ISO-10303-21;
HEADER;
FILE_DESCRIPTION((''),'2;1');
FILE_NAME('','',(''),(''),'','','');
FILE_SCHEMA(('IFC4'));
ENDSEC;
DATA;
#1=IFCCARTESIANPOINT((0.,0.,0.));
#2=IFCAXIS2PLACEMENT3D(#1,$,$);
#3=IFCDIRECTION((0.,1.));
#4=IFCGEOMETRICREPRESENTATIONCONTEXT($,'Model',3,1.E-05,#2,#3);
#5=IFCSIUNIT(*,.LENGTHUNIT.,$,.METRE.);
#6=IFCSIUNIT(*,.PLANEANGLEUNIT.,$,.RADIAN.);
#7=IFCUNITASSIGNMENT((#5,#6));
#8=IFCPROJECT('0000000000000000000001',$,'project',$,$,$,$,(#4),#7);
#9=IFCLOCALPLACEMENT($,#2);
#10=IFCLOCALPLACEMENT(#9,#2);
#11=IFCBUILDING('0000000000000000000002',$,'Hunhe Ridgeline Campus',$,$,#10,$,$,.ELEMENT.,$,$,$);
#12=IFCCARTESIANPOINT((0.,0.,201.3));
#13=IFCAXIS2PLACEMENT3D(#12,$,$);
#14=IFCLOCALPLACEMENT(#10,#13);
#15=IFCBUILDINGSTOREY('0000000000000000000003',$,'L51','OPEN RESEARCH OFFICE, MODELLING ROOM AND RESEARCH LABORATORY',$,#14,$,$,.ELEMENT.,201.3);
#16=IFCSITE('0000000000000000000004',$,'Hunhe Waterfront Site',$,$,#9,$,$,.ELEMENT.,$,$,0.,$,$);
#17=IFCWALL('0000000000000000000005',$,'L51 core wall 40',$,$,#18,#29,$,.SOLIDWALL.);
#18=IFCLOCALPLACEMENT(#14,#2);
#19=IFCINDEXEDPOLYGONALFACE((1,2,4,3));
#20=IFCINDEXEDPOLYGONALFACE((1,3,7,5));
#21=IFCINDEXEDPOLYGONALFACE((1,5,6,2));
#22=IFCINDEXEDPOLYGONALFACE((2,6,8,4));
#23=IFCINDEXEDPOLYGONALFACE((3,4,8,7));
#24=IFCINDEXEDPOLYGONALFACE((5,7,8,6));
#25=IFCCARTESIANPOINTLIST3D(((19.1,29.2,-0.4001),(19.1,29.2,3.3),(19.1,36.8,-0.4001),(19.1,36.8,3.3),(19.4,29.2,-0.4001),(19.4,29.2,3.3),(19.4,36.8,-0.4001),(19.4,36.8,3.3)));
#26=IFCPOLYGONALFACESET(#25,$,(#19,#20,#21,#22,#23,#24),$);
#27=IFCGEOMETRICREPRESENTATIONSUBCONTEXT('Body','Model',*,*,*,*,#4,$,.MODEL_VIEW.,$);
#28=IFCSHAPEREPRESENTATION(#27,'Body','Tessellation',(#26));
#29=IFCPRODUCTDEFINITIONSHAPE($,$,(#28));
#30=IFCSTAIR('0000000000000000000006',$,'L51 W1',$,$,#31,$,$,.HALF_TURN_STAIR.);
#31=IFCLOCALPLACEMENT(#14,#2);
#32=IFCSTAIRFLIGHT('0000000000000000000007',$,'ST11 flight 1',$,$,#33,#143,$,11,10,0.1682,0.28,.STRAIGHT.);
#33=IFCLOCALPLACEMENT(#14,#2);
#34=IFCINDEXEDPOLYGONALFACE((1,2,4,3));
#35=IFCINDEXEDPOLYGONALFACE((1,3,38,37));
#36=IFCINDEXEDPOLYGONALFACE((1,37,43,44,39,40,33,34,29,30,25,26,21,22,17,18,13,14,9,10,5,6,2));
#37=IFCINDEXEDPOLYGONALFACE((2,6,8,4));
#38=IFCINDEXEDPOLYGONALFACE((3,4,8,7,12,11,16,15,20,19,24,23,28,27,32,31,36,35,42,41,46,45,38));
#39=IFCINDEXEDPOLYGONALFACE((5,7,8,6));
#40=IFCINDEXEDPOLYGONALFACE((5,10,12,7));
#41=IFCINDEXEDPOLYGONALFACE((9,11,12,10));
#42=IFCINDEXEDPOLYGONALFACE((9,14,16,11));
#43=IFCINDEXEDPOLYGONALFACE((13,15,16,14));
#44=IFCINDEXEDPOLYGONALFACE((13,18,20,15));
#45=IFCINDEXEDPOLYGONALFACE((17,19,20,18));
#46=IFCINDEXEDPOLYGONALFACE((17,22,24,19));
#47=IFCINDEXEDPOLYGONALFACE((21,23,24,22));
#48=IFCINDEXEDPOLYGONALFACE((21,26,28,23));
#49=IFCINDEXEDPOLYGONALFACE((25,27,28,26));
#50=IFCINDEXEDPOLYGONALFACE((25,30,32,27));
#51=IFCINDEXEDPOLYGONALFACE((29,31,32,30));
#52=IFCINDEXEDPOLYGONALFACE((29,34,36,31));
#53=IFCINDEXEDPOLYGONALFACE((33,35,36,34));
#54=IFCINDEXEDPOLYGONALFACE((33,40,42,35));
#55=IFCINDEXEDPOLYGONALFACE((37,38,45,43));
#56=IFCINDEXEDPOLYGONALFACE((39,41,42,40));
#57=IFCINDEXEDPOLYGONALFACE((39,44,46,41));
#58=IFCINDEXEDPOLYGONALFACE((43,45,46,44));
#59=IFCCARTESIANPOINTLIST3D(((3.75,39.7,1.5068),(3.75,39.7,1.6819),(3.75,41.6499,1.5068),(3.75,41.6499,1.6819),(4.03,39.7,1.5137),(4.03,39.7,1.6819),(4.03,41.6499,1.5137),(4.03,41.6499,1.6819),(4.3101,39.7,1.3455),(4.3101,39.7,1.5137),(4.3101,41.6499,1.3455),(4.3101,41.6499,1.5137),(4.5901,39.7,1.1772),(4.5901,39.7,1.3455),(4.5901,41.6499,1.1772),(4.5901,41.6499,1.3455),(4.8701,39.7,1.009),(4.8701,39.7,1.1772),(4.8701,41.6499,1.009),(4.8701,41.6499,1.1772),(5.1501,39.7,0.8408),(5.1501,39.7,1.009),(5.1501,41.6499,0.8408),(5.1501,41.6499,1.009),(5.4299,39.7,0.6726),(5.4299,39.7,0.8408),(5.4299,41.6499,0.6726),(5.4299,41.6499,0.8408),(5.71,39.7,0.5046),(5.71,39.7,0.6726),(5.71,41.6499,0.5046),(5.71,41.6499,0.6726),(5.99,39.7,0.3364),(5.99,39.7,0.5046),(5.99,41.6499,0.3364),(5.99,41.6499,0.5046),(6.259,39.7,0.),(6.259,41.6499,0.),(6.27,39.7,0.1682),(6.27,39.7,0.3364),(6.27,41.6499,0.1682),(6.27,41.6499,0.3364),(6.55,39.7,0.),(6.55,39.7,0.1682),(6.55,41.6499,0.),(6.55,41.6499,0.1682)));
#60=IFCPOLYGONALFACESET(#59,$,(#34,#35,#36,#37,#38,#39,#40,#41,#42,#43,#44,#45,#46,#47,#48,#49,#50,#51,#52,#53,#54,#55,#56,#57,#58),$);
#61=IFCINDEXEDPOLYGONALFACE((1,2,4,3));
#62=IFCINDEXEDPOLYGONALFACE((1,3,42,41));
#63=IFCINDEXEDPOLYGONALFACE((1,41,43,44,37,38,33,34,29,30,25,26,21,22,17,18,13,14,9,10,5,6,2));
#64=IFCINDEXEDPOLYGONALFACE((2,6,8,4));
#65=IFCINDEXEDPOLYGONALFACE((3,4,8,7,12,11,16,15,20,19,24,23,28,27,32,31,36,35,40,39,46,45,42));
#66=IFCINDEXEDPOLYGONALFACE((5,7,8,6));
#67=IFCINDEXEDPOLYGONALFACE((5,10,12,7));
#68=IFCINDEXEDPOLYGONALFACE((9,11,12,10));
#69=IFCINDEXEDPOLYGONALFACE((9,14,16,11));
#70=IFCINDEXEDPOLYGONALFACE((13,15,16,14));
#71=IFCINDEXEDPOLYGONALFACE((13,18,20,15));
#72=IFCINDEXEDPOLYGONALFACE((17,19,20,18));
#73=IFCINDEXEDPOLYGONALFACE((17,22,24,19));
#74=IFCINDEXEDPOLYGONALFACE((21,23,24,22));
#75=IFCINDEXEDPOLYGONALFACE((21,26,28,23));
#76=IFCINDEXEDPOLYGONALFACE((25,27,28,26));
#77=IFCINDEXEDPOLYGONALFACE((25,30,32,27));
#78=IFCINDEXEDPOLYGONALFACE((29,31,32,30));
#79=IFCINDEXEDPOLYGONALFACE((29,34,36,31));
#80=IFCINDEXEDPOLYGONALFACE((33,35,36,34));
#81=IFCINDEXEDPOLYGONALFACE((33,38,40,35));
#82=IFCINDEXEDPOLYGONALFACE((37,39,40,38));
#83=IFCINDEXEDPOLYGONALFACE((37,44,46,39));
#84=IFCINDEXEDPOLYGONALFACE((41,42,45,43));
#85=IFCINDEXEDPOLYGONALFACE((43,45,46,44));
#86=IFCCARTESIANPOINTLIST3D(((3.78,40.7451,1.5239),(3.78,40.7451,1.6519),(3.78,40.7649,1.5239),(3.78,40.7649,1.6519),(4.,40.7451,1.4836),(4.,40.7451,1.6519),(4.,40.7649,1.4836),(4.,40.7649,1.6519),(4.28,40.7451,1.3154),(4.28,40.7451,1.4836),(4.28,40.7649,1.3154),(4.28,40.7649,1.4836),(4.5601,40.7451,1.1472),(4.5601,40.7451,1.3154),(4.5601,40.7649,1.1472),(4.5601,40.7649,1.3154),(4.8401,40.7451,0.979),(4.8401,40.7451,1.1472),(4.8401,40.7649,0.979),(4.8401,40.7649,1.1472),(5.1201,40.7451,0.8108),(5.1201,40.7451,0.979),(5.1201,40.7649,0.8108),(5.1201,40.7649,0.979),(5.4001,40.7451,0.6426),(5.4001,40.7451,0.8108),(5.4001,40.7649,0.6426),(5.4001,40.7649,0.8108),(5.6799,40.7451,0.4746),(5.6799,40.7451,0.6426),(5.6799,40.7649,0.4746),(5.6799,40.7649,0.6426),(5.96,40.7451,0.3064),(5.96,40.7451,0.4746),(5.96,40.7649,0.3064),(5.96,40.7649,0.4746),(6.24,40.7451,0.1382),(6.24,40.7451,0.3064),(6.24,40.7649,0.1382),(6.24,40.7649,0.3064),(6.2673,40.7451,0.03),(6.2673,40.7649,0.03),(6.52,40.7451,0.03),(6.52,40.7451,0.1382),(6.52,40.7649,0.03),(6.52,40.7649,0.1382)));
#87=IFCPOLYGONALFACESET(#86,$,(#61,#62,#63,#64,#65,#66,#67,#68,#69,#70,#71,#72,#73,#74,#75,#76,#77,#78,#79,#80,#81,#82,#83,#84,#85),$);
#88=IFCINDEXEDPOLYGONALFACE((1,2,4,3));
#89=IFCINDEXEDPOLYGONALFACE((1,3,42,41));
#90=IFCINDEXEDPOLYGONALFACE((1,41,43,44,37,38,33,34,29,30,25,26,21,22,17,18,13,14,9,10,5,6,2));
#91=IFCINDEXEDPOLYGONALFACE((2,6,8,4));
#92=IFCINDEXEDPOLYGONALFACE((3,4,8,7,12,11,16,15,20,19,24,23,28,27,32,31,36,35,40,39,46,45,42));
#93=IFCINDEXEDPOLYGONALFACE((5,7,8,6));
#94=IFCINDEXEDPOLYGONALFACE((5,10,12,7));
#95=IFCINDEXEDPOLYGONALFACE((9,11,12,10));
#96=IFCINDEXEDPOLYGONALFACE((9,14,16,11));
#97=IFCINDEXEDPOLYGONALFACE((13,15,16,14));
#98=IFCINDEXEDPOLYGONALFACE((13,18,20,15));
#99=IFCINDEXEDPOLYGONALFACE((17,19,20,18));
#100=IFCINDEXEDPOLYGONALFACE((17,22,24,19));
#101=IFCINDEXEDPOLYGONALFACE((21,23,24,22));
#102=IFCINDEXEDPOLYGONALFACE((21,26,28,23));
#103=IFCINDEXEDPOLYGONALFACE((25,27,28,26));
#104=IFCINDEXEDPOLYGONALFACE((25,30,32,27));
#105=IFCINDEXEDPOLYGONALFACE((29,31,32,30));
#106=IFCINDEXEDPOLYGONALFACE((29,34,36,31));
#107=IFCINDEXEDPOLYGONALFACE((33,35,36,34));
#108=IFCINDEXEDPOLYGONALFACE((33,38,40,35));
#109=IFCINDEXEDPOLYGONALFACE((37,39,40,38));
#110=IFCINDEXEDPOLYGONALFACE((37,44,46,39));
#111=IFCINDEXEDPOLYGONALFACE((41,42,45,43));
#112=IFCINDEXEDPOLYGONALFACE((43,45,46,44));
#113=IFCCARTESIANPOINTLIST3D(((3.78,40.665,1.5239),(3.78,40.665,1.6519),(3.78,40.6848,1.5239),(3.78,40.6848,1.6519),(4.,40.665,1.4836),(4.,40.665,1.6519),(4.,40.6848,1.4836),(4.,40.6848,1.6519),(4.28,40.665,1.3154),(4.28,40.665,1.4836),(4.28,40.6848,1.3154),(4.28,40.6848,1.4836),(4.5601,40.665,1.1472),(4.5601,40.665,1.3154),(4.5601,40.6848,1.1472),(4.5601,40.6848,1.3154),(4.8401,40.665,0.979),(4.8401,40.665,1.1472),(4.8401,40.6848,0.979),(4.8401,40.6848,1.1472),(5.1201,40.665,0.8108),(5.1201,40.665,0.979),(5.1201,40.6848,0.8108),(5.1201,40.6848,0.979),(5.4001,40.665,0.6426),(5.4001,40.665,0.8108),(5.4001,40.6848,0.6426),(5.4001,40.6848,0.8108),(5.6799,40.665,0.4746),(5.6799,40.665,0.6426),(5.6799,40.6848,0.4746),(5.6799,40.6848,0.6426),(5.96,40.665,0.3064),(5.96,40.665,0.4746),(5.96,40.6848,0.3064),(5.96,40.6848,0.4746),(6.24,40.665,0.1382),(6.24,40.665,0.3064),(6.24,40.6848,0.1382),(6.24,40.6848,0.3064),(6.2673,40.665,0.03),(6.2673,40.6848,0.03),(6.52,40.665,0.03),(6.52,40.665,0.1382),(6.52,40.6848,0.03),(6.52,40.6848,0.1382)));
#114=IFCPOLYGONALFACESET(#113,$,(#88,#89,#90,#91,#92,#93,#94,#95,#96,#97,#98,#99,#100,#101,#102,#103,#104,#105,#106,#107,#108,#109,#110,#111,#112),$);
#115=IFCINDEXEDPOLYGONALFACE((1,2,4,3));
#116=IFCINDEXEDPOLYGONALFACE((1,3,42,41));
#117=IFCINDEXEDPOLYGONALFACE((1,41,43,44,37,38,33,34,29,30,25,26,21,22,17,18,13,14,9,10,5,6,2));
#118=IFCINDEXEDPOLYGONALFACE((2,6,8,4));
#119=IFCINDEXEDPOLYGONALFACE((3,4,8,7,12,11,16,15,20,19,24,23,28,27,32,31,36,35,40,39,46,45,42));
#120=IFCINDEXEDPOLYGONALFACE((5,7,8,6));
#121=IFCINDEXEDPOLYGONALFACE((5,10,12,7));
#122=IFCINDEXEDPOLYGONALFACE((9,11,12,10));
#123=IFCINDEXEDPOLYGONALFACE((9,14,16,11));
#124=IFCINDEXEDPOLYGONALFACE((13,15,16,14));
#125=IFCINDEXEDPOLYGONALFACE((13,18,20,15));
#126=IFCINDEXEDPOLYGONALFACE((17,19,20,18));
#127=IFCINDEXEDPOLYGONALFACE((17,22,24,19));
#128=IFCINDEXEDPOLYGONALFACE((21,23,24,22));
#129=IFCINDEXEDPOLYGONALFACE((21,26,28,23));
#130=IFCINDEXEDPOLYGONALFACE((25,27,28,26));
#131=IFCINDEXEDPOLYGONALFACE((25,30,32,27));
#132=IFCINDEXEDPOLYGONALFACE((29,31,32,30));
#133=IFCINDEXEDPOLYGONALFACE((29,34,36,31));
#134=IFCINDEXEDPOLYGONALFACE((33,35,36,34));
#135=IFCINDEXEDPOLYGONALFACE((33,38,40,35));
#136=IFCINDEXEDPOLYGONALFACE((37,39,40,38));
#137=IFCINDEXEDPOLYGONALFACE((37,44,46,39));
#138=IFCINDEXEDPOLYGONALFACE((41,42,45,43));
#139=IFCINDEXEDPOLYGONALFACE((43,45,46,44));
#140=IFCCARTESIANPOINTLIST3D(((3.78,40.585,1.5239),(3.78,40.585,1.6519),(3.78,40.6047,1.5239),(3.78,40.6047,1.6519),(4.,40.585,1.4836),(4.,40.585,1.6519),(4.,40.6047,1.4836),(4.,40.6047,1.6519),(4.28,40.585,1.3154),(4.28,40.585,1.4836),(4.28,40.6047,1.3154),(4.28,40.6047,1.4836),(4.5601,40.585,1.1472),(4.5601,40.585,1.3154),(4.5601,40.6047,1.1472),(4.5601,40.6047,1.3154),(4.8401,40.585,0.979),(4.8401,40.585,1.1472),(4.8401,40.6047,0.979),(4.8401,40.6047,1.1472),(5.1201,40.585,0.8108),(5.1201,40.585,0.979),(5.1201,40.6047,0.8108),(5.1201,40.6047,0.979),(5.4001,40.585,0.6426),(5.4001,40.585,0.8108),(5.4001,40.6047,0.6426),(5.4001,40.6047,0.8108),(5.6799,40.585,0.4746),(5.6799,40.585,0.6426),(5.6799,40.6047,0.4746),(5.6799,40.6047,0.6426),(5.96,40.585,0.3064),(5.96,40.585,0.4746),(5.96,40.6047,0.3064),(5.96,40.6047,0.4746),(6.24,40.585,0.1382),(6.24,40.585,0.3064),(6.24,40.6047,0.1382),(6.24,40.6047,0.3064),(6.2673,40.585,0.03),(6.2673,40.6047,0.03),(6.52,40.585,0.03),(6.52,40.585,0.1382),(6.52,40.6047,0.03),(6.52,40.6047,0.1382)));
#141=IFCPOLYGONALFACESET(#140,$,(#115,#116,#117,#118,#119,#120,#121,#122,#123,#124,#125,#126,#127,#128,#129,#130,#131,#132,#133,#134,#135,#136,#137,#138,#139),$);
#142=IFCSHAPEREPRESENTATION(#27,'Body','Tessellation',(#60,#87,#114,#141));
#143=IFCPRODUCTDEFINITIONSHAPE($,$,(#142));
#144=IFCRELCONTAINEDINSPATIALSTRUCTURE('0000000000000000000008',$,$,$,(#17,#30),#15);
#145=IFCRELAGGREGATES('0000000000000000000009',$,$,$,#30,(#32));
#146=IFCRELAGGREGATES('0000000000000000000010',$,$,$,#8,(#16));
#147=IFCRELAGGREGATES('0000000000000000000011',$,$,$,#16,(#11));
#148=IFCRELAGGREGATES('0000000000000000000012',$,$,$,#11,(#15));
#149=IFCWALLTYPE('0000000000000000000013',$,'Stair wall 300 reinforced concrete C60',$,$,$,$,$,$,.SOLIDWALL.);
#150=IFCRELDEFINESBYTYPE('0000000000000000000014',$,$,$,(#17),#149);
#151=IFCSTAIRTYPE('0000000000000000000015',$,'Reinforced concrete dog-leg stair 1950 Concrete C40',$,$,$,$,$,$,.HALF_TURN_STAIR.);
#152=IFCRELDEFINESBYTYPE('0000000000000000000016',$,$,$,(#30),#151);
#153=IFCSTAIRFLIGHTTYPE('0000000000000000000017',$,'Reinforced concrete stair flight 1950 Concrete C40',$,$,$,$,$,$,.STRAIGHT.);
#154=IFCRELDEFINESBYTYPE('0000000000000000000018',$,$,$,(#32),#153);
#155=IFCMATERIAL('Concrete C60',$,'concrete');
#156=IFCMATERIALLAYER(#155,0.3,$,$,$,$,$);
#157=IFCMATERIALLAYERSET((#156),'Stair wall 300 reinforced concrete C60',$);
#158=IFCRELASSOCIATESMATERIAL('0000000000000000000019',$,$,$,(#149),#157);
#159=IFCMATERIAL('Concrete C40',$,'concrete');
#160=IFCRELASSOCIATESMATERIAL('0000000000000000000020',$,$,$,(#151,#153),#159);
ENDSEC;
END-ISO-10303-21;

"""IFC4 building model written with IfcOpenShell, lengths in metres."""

from ifc_helpers import new_model, si_unit, direction, frame, frame_2d, origin, place, context, subcontext, project, spatial, polyline, rectangle, outline, extrude, material, layer, layer_set, type_object, element, aggregate, save


model = new_model("IFC4")

# Units and contexts
model_context = context("Model", 3, precision=1e-05, world=origin(), true_north=direction((0.0, 1.0)))
body_context = subcontext(model_context, "Body", "Model", "MODEL_VIEW")
ifc_project = project(units=[si_unit("LENGTHUNIT", "METRE"), si_unit("PLANEANGLEUNIT", "RADIAN")], contexts=[model_context])

# Site, building, storey
site_placement = place(None, origin())
site = spatial("IfcSite", under=ifc_project, at=site_placement, Name="Hunhe Waterfront Site", CompositionType="ELEMENT", RefElevation=0.0)
building_placement = place(site_placement, origin())
building = spatial("IfcBuilding", under=site, at=building_placement, Name="Hunhe Ridgeline Campus", CompositionType="ELEMENT")
storey_placement = place(building_placement, frame((0.0, 0.0, 201.3)))
storey = spatial("IfcBuildingStorey", under=building, at=storey_placement, Name="L51", Description="OPEN RESEARCH OFFICE, MODELLING ROOM AND RESEARCH LABORATORY", CompositionType="ELEMENT", Elevation=201.3)

# Shared definitions
ifc_material_1 = material(Name="Concrete C60", Category="concrete")

# Wall
ifc_layer_1 = layer(ifc_material_1, 0.3)
ifc_layer_set_1 = layer_set([ifc_layer_1], Name="Stair wall 300 reinforced concrete C60")
wall_type_1 = type_object("IfcWallType", Name="Stair wall 300 reinforced concrete C60", PredefinedType="SOLIDWALL", material=ifc_layer_set_1)
wall_1_placement = place(storey_placement, frame((19.25, 29.2, -0.4001), z_axis=(0.0, 0.0, 1.0), x_axis=(0.0, 1.0, 0.0)))
element("IfcWall", 1, at=wall_1_placement, inside=storey, type_object=wall_type_1, Name="L51 core wall 40", PredefinedType="SOLIDWALL", context=body_context, shape_type="SweptSolid", body=[
    extrude(rectangle(XDim=7.6001, YDim=0.3, at=frame_2d((3.8, 0.0))), origin(), (0.0, 0.0, 1.0), 3.7002),
])

# Stair, stair flight
ifc_material_2 = material(Name="Concrete C40", Category="concrete")
stair_type = type_object("IfcStairType", Name="Reinforced concrete dog-leg stair 1950 Concrete C40", PredefinedType="HALF_TURN_STAIR", material=ifc_material_2)
stair_placement = place(storey_placement, origin())
stair = element("IfcStair", 2, at=stair_placement, inside=storey, type_object=stair_type, Name="L51 W1", PredefinedType="HALF_TURN_STAIR")
stair_flight_type = type_object("IfcStairFlightType", Name="Reinforced concrete stair flight 1950 Concrete C40", PredefinedType="STRAIGHT", material=ifc_material_2)
stair_flight_placement = place(storey_placement, frame((6.55, 40.675, 0.0), z_axis=(0.0, 0.0, 1.0), x_axis=(-1.0, 0.0, 0.0)))
stair_flight = element("IfcStairFlight", 3, at=stair_flight_placement, type_object=stair_flight_type, Name="ST11 flight 1", NumberOfRisers=11, NumberOfTreads=10, PredefinedType="STRAIGHT", RiserHeight=0.1682, TreadLength=0.28, context=body_context, shape_type="SweptSolid", body=[
    extrude(outline(polyline([(0.0, 0.0), (0.0, 0.1682), (0.28, 0.1682), (0.28, 0.3364), (0.5601, 0.3364), (0.5601, 0.5046), (0.8401, 0.5046), (0.8401, 0.6726), (1.1201, 0.6726), (1.1201, 0.8408), (1.3999, 0.8408), (1.3999, 1.009), (1.6799, 1.009), (1.6799, 1.1772), (1.96, 1.1772), (1.96, 1.3455), (2.24, 1.3455), (2.24, 1.5137), (2.52, 1.5137), (2.52, 1.6819), (2.8, 1.6819), (2.8, 1.8501), (2.8, 1.5068), (0.291, 0.0), (0.0, 0.0)])), frame((0.0, 0.9751, 0.0), z_axis=(0.0, -1.0, 0.0), x_axis=(1.0, 0.0, 0.0)), (0.0, 0.0, 1.0), 1.95),
    extrude(outline(polyline([(0.03, 0.03), (0.03, 0.1382), (0.3101, 0.1382), (0.3101, 0.3064), (0.5901, 0.3064), (0.5901, 0.4746), (0.8701, 0.4746), (0.8701, 0.6426), (1.1499, 0.6426), (1.1499, 0.8108), (1.4299, 0.8108), (1.4299, 0.979), (1.71, 0.979), (1.71, 1.1472), (1.99, 1.1472), (1.99, 1.3154), (2.27, 1.3154), (2.27, 1.4836), (2.55, 1.4836), (2.55, 1.6519), (2.77, 1.6519), (2.77, 1.5239), (0.2827, 0.03), (0.03, 0.03)])), frame((0.0, -0.0701, 0.0), z_axis=(0.0, -1.0, 0.0), x_axis=(1.0, 0.0, 0.0)), (0.0, 0.0, 1.0), 0.0198),
    extrude(outline(polyline([(0.03, 0.03), (0.03, 0.1382), (0.3101, 0.1382), (0.3101, 0.3064), (0.5901, 0.3064), (0.5901, 0.4746), (0.8701, 0.4746), (0.8701, 0.6426), (1.1499, 0.6426), (1.1499, 0.8108), (1.4299, 0.8108), (1.4299, 0.979), (1.71, 0.979), (1.71, 1.1472), (1.99, 1.1472), (1.99, 1.3154), (2.27, 1.3154), (2.27, 1.4836), (2.55, 1.4836), (2.55, 1.6519), (2.77, 1.6519), (2.77, 1.5239), (0.2827, 0.03), (0.03, 0.03)])), frame((0.0, 0.01, 0.0), z_axis=(0.0, -1.0, 0.0), x_axis=(1.0, 0.0, 0.0)), (0.0, 0.0, 1.0), 0.0198),
    extrude(outline(polyline([(0.03, 0.03), (0.03, 0.1382), (0.3101, 0.1382), (0.3101, 0.3064), (0.5901, 0.3064), (0.5901, 0.4746), (0.8701, 0.4746), (0.8701, 0.6426), (1.1499, 0.6426), (1.1499, 0.8108), (1.4299, 0.8108), (1.4299, 0.979), (1.71, 0.979), (1.71, 1.1472), (1.99, 1.1472), (1.99, 1.3154), (2.27, 1.3154), (2.27, 1.4836), (2.55, 1.4836), (2.55, 1.6519), (2.77, 1.6519), (2.77, 1.5239), (0.2827, 0.03), (0.03, 0.03)])), frame((0.0, 0.0901, 0.0), z_axis=(0.0, -1.0, 0.0), x_axis=(1.0, 0.0, 0.0)), (0.0, 0.0, 1.0), 0.0198),
])
aggregate(stair, [stair_flight])

save(model, "model.ifc")
